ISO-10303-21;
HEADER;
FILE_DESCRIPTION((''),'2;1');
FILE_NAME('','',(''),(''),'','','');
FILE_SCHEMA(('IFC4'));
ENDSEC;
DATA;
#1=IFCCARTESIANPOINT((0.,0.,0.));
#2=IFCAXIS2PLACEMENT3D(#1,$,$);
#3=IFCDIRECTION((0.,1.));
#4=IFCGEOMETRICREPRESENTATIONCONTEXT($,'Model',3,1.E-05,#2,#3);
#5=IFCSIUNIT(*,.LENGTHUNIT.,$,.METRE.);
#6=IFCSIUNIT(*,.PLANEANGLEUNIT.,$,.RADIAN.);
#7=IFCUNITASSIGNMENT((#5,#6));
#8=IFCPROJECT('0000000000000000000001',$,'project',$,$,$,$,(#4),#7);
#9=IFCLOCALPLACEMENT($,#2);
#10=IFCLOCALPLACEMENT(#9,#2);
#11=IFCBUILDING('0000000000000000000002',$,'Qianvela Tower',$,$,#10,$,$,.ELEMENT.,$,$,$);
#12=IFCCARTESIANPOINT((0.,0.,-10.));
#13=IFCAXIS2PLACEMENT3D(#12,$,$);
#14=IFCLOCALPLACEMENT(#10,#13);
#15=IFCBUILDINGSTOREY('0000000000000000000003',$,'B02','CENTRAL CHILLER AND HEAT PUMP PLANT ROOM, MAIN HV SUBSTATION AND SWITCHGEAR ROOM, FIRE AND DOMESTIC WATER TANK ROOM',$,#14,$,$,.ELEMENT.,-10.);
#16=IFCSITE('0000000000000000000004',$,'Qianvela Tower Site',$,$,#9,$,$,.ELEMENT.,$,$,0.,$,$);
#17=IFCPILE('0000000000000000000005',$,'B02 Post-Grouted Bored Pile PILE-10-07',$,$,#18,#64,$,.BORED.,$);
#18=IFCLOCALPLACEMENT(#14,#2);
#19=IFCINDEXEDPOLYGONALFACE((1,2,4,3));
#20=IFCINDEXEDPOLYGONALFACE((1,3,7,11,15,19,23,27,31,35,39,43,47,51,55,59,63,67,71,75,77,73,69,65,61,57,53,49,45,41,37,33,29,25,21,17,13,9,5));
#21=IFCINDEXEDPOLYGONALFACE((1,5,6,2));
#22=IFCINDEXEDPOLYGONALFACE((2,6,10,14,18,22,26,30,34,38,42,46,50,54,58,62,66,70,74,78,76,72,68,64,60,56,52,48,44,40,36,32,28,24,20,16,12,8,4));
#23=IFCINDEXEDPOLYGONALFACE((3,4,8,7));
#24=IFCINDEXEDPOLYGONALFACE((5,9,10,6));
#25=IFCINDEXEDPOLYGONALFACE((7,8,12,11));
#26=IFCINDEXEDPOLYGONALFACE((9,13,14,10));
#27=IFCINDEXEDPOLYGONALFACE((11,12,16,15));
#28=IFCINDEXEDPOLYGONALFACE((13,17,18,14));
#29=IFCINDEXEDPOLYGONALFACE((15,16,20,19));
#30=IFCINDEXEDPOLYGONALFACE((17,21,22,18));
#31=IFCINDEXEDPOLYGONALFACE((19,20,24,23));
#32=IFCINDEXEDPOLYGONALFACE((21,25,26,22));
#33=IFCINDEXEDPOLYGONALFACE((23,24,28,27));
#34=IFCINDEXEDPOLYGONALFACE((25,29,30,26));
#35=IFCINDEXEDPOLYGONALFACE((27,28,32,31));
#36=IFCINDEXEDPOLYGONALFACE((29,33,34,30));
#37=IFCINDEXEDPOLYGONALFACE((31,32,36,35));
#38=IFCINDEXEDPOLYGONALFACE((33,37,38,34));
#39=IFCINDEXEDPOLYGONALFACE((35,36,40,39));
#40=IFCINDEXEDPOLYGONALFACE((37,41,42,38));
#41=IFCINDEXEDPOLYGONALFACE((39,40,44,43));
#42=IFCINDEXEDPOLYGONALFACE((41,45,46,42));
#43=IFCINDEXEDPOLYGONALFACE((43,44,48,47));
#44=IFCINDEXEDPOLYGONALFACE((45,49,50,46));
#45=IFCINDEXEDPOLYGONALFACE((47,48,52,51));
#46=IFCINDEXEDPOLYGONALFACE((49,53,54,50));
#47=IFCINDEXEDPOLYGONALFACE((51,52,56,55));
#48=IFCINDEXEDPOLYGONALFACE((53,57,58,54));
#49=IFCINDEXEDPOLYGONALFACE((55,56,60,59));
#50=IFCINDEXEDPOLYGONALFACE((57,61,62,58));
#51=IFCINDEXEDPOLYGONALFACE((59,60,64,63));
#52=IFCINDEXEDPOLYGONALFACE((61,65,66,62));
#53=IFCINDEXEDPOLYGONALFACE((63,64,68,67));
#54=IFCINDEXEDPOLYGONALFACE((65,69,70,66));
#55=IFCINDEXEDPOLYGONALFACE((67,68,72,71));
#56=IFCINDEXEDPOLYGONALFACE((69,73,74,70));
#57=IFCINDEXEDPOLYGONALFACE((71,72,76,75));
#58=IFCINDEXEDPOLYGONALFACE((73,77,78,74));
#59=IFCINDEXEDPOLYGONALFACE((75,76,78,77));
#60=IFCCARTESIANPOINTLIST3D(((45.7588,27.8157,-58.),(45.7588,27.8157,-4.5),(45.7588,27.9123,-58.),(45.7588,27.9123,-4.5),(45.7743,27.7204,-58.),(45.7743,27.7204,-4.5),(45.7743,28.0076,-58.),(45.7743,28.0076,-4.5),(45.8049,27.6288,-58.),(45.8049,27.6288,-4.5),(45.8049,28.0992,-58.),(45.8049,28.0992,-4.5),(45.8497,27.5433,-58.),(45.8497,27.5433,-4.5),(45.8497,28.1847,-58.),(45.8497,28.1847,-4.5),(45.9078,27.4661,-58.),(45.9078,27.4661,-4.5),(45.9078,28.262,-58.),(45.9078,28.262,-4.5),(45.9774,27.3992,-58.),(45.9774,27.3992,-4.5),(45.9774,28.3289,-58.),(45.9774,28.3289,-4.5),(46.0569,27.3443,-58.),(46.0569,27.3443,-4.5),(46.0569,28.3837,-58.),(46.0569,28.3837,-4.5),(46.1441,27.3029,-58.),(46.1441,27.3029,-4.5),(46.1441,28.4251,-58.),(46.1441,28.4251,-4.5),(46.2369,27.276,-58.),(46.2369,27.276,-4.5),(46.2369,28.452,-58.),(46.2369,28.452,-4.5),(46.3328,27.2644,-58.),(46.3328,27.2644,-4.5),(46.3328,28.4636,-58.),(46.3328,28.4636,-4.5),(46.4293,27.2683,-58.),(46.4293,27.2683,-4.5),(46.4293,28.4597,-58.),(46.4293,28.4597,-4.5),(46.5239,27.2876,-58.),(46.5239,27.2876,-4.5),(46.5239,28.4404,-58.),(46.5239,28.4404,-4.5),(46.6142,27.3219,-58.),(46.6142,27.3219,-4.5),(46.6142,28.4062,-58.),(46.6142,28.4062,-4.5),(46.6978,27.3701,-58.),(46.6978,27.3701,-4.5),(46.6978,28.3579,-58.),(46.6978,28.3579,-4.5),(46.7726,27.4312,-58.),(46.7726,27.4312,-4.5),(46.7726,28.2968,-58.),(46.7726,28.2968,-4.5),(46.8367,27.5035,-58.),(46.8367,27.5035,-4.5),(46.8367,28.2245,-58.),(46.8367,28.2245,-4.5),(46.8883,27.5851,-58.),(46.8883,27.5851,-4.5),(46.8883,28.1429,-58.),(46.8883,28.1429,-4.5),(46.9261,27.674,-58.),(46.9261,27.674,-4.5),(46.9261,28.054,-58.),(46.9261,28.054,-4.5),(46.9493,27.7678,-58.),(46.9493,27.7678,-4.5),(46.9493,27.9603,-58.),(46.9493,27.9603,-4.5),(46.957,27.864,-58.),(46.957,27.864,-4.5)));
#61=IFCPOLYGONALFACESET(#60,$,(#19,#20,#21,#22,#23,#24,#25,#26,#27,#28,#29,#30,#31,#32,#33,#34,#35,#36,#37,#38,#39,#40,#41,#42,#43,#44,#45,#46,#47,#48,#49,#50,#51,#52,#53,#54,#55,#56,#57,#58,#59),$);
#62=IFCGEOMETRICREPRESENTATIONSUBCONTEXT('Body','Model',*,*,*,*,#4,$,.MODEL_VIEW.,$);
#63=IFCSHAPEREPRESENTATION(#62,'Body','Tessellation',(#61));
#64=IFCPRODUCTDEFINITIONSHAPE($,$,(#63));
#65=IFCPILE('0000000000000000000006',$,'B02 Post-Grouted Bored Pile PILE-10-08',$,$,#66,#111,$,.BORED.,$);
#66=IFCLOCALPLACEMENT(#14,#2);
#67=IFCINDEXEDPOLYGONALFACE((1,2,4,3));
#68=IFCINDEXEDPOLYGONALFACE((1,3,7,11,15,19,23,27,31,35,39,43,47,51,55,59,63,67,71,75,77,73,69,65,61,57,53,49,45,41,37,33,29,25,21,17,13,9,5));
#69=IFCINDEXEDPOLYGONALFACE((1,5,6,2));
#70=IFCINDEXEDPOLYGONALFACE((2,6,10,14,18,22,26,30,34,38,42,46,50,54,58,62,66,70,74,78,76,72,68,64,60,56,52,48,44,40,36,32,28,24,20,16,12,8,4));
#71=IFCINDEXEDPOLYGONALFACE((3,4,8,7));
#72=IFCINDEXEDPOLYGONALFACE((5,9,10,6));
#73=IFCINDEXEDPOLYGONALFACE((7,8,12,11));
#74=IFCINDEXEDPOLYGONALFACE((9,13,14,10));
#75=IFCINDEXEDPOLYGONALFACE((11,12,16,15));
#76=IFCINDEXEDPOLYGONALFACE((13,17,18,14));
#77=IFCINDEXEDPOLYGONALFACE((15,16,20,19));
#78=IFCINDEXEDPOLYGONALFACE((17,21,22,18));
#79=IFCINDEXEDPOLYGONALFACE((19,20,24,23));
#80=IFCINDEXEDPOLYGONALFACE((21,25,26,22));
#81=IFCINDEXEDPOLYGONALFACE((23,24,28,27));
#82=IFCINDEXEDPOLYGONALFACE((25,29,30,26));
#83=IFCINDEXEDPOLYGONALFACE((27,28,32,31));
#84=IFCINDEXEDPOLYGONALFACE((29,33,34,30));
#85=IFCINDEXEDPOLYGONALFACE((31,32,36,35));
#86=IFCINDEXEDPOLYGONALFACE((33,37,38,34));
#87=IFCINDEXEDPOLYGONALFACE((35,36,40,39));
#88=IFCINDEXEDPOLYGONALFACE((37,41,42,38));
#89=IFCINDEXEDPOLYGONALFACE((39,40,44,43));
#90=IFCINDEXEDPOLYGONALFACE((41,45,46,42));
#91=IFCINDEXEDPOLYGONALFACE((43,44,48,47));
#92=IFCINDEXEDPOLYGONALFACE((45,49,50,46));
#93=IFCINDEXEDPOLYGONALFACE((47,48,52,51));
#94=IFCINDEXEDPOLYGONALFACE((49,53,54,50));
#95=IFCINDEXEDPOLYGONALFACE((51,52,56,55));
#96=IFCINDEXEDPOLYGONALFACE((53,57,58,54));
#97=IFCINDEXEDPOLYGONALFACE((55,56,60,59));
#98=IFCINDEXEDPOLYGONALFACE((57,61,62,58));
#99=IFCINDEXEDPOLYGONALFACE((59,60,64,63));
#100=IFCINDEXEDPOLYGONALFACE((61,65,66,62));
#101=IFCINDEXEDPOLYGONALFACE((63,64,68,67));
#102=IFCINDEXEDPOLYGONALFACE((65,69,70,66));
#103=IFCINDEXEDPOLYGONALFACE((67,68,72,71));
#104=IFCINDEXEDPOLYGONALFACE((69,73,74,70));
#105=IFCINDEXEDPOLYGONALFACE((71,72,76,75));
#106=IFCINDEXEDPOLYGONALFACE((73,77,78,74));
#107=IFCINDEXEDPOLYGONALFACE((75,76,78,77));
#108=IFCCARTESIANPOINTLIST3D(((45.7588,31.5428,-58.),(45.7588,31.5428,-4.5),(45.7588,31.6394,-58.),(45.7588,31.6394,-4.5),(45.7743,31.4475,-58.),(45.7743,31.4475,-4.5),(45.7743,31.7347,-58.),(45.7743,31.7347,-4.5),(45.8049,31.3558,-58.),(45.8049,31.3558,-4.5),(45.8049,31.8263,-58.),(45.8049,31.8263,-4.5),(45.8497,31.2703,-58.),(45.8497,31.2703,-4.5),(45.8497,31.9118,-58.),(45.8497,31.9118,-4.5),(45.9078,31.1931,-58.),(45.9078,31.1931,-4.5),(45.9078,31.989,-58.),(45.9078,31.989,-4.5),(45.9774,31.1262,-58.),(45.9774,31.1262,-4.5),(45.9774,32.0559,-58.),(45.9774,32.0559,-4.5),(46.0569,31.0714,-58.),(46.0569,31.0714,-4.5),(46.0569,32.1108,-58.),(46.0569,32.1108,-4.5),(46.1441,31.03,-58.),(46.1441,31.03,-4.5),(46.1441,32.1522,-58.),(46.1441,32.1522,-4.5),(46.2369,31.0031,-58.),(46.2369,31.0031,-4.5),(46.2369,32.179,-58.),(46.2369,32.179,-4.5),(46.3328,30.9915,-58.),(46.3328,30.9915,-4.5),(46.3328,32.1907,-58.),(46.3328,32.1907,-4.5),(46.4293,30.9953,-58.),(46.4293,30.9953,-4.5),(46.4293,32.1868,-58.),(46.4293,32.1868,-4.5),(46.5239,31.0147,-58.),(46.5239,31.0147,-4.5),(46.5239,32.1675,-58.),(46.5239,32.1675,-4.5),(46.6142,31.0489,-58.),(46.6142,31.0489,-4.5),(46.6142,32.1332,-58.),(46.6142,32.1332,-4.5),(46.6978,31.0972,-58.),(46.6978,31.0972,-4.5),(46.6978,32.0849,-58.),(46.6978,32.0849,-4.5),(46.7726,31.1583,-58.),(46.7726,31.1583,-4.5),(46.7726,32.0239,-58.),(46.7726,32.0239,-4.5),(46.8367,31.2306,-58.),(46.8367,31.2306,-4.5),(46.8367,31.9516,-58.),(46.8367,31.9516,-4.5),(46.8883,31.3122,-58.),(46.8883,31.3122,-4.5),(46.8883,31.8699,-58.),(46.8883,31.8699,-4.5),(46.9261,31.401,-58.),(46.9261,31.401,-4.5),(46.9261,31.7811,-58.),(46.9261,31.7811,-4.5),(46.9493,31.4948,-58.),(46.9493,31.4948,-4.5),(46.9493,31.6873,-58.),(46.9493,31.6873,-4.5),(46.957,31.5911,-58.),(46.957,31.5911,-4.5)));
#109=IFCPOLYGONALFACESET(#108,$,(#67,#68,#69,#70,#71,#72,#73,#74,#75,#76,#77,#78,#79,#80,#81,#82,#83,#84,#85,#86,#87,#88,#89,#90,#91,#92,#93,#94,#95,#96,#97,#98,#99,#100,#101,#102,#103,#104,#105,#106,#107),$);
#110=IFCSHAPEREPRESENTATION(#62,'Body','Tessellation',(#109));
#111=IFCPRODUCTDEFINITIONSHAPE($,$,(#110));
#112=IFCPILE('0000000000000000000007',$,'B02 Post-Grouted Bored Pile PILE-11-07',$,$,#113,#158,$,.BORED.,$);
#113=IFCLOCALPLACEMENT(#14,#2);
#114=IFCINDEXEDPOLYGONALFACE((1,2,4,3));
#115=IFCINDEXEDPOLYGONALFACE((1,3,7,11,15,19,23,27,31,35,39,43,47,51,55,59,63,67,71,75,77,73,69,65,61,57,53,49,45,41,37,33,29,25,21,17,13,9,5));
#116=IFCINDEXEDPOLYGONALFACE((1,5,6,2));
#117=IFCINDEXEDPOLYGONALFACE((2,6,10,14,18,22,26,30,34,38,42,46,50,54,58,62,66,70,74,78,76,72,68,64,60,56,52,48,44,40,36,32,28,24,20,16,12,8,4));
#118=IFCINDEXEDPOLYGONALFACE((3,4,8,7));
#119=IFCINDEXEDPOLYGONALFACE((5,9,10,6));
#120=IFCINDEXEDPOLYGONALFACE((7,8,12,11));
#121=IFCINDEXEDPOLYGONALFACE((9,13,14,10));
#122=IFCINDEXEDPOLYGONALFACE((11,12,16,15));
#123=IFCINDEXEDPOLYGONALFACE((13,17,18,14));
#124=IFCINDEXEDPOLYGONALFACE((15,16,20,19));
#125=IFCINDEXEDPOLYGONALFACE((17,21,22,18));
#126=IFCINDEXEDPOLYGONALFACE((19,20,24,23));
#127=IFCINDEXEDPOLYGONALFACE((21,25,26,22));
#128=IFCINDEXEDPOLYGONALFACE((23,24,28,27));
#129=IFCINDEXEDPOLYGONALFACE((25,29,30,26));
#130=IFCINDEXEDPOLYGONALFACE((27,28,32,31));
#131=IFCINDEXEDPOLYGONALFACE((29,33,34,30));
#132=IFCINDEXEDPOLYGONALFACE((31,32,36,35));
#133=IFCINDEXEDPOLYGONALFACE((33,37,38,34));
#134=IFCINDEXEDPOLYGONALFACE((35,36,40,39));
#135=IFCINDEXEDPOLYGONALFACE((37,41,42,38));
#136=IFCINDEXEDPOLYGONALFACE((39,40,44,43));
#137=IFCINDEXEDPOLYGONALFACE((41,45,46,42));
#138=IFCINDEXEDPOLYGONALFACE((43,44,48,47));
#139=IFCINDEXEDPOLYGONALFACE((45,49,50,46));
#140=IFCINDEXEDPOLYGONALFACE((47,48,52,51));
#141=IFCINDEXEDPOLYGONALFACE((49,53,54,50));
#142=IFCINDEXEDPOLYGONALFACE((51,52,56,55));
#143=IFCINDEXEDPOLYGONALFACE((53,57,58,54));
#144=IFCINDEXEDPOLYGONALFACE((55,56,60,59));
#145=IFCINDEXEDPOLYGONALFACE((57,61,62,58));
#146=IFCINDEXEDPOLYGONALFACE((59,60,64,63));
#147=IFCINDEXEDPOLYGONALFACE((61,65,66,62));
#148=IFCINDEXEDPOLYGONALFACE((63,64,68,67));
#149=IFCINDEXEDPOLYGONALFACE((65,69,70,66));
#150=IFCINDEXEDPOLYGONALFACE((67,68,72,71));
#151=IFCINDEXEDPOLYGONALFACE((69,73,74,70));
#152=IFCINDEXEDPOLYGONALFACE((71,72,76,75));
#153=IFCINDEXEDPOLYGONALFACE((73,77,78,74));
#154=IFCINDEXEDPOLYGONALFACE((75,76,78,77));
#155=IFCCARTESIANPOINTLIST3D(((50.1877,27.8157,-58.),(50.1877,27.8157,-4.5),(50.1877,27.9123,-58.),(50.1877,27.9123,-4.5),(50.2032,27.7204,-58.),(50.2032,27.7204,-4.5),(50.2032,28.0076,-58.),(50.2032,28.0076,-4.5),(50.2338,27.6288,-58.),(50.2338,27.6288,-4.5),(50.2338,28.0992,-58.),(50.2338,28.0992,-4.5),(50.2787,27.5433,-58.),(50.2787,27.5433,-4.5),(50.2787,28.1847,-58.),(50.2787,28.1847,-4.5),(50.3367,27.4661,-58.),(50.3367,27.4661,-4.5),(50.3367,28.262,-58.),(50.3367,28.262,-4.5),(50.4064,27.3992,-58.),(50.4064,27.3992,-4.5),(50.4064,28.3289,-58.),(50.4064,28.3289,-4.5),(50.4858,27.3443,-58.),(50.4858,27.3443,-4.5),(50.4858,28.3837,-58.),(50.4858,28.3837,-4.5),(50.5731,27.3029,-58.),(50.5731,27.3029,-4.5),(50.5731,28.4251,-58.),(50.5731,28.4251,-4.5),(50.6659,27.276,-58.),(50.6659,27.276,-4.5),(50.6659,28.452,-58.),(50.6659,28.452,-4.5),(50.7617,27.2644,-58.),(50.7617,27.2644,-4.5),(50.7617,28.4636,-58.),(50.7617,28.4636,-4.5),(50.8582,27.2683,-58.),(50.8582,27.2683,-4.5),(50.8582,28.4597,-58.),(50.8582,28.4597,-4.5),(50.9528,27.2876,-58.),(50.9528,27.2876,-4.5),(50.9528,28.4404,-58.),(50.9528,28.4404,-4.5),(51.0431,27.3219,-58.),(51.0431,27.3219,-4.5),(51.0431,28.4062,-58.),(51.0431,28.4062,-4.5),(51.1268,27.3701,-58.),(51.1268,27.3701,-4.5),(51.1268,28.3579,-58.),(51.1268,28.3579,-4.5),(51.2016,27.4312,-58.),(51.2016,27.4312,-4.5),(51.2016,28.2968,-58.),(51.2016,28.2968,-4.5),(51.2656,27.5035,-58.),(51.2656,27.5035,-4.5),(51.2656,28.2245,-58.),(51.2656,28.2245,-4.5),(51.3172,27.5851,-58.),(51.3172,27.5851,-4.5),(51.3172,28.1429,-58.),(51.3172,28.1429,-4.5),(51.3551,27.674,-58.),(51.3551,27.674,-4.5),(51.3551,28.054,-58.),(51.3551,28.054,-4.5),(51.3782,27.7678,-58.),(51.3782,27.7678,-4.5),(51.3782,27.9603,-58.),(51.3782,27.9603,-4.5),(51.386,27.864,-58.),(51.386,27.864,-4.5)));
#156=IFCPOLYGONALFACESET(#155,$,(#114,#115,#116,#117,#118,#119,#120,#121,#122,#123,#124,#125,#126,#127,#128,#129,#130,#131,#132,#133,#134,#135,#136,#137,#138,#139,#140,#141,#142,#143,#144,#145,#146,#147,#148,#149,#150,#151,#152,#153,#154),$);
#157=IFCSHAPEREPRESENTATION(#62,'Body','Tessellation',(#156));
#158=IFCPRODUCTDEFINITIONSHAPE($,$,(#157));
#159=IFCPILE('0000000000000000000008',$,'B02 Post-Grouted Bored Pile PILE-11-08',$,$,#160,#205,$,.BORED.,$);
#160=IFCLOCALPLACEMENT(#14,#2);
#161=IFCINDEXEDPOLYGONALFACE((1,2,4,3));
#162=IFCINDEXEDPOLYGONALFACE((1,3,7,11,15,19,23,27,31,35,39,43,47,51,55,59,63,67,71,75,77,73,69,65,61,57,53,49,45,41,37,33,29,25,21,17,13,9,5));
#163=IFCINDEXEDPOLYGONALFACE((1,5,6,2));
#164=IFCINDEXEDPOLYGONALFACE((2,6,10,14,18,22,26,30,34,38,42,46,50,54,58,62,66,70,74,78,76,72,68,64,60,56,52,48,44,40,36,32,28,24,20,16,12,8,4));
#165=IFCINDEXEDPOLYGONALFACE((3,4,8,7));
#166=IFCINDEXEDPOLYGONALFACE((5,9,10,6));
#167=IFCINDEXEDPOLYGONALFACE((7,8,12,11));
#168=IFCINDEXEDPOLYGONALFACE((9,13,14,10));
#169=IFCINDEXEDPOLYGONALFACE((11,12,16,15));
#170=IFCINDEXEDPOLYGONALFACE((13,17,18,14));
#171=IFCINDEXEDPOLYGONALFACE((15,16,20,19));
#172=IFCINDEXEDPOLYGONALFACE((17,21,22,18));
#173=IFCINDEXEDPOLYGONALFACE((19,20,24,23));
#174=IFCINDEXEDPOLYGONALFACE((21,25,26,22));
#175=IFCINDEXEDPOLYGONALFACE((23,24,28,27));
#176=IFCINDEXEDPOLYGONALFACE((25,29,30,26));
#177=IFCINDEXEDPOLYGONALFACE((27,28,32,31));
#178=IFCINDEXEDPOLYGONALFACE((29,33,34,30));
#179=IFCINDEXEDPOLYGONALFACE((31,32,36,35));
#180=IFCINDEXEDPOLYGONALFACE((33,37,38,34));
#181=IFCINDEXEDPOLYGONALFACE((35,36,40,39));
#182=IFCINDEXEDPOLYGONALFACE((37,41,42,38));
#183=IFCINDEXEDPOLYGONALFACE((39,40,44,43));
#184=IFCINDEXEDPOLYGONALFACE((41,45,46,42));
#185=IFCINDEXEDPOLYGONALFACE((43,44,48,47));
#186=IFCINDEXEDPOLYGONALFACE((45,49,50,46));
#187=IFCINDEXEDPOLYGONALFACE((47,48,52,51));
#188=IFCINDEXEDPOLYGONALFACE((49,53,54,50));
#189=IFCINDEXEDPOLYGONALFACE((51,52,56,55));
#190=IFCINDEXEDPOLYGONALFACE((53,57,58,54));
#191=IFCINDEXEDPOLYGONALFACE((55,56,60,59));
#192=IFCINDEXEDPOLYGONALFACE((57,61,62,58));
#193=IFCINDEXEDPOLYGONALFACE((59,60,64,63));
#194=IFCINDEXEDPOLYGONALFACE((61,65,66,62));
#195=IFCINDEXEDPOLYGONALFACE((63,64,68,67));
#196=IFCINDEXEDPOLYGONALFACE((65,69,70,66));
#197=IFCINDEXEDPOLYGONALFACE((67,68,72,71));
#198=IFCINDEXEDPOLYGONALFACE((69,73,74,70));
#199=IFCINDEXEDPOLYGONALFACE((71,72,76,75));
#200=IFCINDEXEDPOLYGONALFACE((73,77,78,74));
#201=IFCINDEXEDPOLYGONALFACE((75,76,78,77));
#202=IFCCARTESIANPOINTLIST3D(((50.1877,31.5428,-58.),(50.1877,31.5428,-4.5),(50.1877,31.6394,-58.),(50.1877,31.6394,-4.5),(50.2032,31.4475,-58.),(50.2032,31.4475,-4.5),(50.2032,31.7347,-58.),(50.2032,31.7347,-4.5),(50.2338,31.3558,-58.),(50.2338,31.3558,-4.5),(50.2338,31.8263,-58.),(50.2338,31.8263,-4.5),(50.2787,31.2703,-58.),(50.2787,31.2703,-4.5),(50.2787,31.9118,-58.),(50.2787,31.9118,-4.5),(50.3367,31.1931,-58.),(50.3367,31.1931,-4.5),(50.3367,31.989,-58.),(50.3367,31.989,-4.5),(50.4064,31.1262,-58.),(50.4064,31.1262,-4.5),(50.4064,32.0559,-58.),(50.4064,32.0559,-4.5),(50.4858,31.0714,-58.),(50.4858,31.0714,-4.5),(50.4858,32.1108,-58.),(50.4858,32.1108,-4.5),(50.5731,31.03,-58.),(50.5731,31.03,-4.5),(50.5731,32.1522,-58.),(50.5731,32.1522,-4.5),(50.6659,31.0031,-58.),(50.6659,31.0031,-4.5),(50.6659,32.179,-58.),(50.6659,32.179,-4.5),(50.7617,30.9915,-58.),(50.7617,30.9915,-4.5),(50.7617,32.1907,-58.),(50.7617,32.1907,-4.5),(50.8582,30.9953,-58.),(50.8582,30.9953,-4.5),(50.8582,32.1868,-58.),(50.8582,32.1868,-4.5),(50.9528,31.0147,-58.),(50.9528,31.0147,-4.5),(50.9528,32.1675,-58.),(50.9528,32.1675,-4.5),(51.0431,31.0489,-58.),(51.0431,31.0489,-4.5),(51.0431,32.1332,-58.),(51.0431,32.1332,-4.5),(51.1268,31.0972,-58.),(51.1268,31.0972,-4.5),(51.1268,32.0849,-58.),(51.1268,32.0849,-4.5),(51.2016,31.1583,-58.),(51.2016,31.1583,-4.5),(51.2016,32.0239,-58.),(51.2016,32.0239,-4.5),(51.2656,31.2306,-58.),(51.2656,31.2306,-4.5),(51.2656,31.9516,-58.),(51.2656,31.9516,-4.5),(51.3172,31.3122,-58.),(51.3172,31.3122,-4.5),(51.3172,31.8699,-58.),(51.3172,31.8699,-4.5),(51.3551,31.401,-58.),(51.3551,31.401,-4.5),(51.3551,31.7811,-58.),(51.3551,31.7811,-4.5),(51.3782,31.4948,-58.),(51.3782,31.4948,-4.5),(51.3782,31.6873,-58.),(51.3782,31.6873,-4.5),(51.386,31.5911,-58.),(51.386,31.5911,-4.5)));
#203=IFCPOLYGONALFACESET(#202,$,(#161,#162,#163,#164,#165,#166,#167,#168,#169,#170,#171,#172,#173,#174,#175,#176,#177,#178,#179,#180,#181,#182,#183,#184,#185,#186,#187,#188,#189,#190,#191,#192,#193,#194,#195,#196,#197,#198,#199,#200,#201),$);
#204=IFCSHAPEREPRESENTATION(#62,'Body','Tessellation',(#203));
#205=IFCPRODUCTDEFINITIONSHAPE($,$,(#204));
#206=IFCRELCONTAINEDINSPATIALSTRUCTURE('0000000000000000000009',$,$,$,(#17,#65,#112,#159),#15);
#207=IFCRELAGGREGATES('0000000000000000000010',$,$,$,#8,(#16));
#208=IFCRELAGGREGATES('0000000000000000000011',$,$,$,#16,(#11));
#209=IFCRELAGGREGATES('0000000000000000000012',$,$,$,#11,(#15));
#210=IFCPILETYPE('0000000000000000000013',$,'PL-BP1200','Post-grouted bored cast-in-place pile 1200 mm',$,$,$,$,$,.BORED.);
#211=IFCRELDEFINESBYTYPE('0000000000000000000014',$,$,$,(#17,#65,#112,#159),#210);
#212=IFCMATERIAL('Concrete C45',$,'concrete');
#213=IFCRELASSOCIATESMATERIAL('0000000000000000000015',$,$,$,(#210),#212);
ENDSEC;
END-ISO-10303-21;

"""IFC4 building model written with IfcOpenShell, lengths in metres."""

from ifc_helpers import new_model, si_unit, direction, frame, origin, origin_2d, place, context, subcontext, project, spatial, circle, extrude, material, material_profile, profile_set, type_object, element, save


model = new_model("IFC4")

# Units and contexts
model_context = context("Model", 3, precision=1e-05, world=origin(), true_north=direction((0.0, 1.0)))
body_context = subcontext(model_context, "Body", "Model", "MODEL_VIEW")
ifc_project = project(units=[si_unit("LENGTHUNIT", "METRE"), si_unit("PLANEANGLEUNIT", "RADIAN")], contexts=[model_context])

# Site, building, storey
site_placement = place(None, origin())
site = spatial("IfcSite", under=ifc_project, at=site_placement, Name="Qianvela Tower Site", CompositionType="ELEMENT", RefElevation=0.0)
building_placement = place(site_placement, origin())
building = spatial("IfcBuilding", under=site, at=building_placement, Name="Qianvela Tower", CompositionType="ELEMENT")
storey_placement = place(building_placement, frame((0.0, 0.0, -10.0)))
storey = spatial("IfcBuildingStorey", under=building, at=storey_placement, Name="B02", Description="CENTRAL CHILLER AND HEAT PUMP PLANT ROOM, MAIN HV SUBSTATION AND SWITCHGEAR ROOM, FIRE AND DOMESTIC WATER TANK ROOM", CompositionType="ELEMENT", Elevation=-10.0)

# Piles
ifc_material_1 = material(Name="Concrete C45", Category="concrete")
ifc_material_profile_1 = material_profile(ifc_material_1, circle(Radius=0.6001, at=origin_2d()), Name="BP-1200")
ifc_profile_set_1 = profile_set([ifc_material_profile_1], Name="Concrete C45")
pile_type = type_object("IfcPileType", Name="PL-BP1200", Description="Post-grouted bored cast-in-place pile 1200 mm", PredefinedType="BORED", material=ifc_profile_set_1)
for number, where, z_axis, x_axis, name in (
    (1, (46.3569, 27.864, -4.5), (0.0, 0.0, -1.0), (1.0, 0.0, 0.0), "B02 Post-Grouted Bored Pile PILE-10-07"),
    (2, (46.3569, 31.5911, -4.5), (0.0, 0.0, -1.0), (1.0, 0.0, 0.0), "B02 Post-Grouted Bored Pile PILE-10-08"),
    (3, (50.7859, 27.864, -4.5), (0.0, 0.0, -1.0), (1.0, 0.0, 0.0), "B02 Post-Grouted Bored Pile PILE-11-07"),
    (4, (50.7859, 31.5911, -4.5), (0.0, 0.0, -1.0), (1.0, 0.0, 0.0), "B02 Post-Grouted Bored Pile PILE-11-08"),
):
    element("IfcPile", number, at=place(storey_placement, frame(where, z_axis=z_axis, x_axis=x_axis)), inside=storey, type_object=pile_type, Name=name, PredefinedType="BORED", context=body_context, shape_type="SweptSolid", body=[
        extrude(circle(Radius=0.6001, at=origin_2d()), origin(), (0.0, 0.0, 1.0), 53.5),
    ])

save(model, "model.ifc")
